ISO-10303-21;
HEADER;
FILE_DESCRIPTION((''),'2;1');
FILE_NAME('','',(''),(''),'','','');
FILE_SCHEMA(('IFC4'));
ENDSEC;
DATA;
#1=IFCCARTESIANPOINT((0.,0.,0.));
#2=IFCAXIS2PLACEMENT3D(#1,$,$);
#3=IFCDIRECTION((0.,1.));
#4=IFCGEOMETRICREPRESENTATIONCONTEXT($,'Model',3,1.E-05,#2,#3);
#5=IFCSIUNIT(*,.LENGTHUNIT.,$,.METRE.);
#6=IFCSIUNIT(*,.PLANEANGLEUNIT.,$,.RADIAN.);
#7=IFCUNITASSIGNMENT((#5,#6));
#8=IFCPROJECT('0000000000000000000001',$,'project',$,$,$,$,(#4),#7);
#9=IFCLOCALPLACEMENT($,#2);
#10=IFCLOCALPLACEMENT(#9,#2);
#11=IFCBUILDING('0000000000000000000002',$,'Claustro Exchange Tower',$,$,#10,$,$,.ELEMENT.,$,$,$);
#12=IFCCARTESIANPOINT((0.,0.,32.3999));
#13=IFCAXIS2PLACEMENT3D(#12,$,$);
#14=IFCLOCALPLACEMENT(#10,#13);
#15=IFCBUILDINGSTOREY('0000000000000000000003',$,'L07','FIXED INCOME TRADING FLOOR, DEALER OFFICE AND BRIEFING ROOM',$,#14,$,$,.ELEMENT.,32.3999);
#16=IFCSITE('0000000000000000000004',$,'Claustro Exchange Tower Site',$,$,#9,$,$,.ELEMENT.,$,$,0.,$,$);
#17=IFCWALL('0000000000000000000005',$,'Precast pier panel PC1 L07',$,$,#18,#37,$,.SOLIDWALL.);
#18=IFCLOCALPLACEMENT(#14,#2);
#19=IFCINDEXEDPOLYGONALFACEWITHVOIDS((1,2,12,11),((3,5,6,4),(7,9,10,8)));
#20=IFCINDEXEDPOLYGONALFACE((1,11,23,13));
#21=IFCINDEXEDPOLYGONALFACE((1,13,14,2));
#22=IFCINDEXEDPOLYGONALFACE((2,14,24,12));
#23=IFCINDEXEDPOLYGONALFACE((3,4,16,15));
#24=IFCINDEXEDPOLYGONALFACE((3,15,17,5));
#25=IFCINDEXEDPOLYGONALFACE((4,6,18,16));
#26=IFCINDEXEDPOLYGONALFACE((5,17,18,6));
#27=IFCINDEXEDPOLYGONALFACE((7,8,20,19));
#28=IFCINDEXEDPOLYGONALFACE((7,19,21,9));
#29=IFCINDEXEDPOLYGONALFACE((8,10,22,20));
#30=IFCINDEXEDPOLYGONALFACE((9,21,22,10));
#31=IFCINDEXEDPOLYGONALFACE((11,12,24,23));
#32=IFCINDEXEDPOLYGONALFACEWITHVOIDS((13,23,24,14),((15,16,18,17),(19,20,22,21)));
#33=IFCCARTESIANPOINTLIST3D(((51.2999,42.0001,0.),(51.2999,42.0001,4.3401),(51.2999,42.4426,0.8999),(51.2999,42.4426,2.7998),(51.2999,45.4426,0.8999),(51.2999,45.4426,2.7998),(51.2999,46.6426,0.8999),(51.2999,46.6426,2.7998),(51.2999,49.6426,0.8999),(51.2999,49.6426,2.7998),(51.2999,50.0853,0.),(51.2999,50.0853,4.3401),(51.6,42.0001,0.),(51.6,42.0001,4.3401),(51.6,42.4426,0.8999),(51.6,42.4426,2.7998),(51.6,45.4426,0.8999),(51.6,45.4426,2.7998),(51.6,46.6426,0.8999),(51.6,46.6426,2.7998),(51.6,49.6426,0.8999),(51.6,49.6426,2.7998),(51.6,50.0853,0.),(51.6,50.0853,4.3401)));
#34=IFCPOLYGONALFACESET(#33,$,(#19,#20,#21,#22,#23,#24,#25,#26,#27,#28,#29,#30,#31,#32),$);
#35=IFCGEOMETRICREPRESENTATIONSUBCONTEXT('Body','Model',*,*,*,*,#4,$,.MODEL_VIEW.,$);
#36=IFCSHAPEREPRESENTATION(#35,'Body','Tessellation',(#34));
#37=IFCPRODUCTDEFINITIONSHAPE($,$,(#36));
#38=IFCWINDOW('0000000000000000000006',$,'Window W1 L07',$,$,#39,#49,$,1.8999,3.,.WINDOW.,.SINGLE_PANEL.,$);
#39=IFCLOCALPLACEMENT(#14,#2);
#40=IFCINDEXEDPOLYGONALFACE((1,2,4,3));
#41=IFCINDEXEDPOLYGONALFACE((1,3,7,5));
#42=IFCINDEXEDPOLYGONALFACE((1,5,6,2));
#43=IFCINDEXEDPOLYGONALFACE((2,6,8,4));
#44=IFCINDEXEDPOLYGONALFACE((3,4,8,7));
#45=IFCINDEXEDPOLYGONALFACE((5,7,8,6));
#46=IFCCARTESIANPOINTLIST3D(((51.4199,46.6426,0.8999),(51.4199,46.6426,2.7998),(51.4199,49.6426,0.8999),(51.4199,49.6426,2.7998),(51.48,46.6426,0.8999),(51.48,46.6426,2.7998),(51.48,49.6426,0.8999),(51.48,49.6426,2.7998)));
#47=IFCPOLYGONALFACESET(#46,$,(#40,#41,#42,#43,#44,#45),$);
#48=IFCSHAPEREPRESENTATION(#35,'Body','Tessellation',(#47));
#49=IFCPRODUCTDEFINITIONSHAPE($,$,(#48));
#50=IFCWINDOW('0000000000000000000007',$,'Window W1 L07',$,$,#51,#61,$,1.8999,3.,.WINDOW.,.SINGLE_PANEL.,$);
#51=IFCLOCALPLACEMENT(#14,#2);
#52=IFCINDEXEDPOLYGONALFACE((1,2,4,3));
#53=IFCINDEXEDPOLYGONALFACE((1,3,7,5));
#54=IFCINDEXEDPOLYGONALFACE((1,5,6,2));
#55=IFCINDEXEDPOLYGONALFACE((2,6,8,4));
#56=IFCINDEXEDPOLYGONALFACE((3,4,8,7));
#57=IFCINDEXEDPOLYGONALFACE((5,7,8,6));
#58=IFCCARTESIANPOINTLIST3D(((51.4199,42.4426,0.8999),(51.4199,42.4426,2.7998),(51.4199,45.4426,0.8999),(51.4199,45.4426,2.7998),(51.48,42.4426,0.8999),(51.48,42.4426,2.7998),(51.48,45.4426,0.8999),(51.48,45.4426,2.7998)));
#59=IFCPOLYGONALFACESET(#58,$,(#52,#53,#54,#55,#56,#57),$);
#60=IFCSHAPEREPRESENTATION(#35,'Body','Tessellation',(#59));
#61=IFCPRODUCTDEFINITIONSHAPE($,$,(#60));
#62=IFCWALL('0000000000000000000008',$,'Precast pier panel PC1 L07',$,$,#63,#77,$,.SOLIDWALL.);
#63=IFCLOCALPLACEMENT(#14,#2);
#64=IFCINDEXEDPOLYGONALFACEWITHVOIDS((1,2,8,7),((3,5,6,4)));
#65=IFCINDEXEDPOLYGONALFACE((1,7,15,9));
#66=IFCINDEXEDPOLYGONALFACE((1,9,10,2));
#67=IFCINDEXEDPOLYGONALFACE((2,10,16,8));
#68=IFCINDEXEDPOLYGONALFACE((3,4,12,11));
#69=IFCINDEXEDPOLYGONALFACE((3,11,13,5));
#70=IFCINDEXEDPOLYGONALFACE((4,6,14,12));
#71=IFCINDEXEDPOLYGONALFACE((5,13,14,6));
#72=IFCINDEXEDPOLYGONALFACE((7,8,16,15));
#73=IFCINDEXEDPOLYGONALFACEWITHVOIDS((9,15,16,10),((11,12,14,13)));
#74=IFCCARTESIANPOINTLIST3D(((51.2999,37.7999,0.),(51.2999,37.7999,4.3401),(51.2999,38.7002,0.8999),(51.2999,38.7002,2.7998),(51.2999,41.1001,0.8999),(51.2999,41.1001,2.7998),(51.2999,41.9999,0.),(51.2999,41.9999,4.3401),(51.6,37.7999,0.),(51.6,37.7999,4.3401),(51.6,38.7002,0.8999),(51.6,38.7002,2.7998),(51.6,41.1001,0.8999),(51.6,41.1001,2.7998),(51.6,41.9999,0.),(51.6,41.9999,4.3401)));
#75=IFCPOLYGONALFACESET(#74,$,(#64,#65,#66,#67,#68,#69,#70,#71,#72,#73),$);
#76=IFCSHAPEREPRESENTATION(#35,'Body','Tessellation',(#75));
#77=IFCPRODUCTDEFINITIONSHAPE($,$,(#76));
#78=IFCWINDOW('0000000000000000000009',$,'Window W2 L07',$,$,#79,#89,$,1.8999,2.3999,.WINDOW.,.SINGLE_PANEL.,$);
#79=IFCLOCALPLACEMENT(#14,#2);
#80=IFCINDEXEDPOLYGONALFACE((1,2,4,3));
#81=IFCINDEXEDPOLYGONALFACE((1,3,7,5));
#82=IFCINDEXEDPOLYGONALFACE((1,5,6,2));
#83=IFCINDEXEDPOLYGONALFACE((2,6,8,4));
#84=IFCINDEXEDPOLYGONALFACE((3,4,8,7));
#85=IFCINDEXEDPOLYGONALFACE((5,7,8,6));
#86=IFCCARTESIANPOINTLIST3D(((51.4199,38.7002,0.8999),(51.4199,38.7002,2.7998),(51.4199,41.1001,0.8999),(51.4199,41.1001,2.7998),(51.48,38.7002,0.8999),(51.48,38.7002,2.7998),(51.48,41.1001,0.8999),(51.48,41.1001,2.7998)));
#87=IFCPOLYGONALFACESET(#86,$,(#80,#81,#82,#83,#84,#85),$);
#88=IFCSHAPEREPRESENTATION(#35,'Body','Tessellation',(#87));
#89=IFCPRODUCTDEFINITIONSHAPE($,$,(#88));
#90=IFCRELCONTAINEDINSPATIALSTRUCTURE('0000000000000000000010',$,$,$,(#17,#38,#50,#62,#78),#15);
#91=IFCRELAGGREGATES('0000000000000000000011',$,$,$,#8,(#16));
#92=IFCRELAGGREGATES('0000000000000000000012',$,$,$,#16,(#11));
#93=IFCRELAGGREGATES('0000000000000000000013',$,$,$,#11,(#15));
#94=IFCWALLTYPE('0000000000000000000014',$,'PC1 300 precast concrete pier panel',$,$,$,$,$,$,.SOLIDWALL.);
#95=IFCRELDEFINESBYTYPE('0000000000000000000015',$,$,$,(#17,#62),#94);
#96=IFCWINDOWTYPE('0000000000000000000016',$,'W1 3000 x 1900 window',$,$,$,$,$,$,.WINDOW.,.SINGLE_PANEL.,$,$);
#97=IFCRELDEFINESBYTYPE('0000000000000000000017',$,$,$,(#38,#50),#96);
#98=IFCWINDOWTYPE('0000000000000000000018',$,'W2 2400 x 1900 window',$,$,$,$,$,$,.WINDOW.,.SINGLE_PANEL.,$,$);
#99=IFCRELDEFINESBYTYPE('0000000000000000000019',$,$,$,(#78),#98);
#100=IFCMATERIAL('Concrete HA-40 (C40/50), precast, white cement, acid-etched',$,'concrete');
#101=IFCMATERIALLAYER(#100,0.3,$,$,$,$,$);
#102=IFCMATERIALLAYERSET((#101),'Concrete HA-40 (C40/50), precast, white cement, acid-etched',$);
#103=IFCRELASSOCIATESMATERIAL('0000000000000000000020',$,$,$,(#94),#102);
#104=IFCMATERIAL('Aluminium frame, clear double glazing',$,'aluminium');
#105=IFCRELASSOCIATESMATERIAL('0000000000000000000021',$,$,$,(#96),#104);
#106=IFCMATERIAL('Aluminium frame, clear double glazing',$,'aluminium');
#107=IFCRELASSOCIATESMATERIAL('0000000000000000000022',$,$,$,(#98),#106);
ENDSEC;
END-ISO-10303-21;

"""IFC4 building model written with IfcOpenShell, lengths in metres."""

from ifc_helpers import new_model, si_unit, direction, frame, frame_2d, origin, place, context, subcontext, project, spatial, rectangle, extrude, material, layer, layer_set, type_object, element, fill, save


model = new_model("IFC4")

# Units and contexts
model_context = context("Model", 3, precision=1e-05, world=origin(), true_north=direction((0.0, 1.0)))
body_context = subcontext(model_context, "Body", "Model", "MODEL_VIEW")
ifc_project = project(units=[si_unit("LENGTHUNIT", "METRE"), si_unit("PLANEANGLEUNIT", "RADIAN")], contexts=[model_context])

# Site, building, storey
site_placement = place(None, origin())
site = spatial("IfcSite", under=ifc_project, at=site_placement, Name="Claustro Exchange Tower Site", CompositionType="ELEMENT", RefElevation=0.0)
building_placement = place(site_placement, origin())
building = spatial("IfcBuilding", under=site, at=building_placement, Name="Claustro Exchange Tower", CompositionType="ELEMENT")
storey_placement = place(building_placement, frame((0.0, 0.0, 32.3999)))
storey = spatial("IfcBuildingStorey", under=building, at=storey_placement, Name="L07", Description="FIXED INCOME TRADING FLOOR, DEALER OFFICE AND BRIEFING ROOM", CompositionType="ELEMENT", Elevation=32.3999)

# Shared definitions
ifc_material_1 = material(Name="Concrete HA-40 (C40/50), precast, white cement, acid-etched", Category="concrete")
ifc_layer_1 = layer(ifc_material_1, 0.3)
ifc_layer_set_1 = layer_set([ifc_layer_1], Name="Concrete HA-40 (C40/50), precast, white cement, acid-etched")
wall_type_1 = type_object("IfcWallType", Name="PC1 300 precast concrete pier panel", PredefinedType="SOLIDWALL", material=ifc_layer_set_1)
ifc_material_2 = material(Name="Aluminium frame, clear double glazing", Category="aluminium")
window_type_1 = type_object("IfcWindowType", Name="W1 3000 x 1900 window", PartitioningType="SINGLE_PANEL", PredefinedType="WINDOW", material=ifc_material_2)

# Wall, openings, windows
wall_1_placement = place(storey_placement, frame((51.45, 50.0852, 0.0), z_axis=(0.0, 0.0, 1.0), x_axis=(0.0, -1.0, 0.0)))
wall_1 = element("IfcWall", 1, at=wall_1_placement, inside=storey, type_object=wall_type_1, Name="Precast pier panel PC1 L07", PredefinedType="SOLIDWALL", context=body_context, shape_type="SweptSolid", body=[
    extrude(rectangle(XDim=8.0852, YDim=0.3, at=frame_2d((4.0425, 0.0))), origin(), (0.0, 0.0, 1.0), 4.3401),
])
opening_1_placement = place(wall_1_placement, frame((0.4426, 0.0, 0.8999)))
opening_1 = element("IfcOpeningElement", 2, at=opening_1_placement, cuts=wall_1, PredefinedType="OPENING", context=body_context, shape_type="SweptSolid", body=[
    extrude(rectangle(XDim=3.0, YDim=1.8999, at=frame_2d((1.5, 0.95))), frame((0.0, 0.1599, 0.0), z_axis=(0.0, -1.0, 0.0), x_axis=(1.0, 0.0, 0.0)), (0.0, 0.0, 1.0), 0.3201),
])
opening_2_placement = place(wall_1_placement, frame((4.6426, 0.0, 0.8999)))
opening_2 = element("IfcOpeningElement", 3, at=opening_2_placement, cuts=wall_1, PredefinedType="OPENING", context=body_context, shape_type="SweptSolid", body=[
    extrude(rectangle(XDim=3.0, YDim=1.8999, at=frame_2d((1.5, 0.95))), frame((0.0, 0.1599, 0.0), z_axis=(0.0, -1.0, 0.0), x_axis=(1.0, 0.0, 0.0)), (0.0, 0.0, 1.0), 0.3201),
])
window_1_placement = place(opening_1_placement, origin())
window_1 = element("IfcWindow", 4, at=window_1_placement, inside=storey, type_object=window_type_1, Name="Window W1 L07", OverallHeight=1.8999, OverallWidth=3.0, PartitioningType="SINGLE_PANEL", PredefinedType="WINDOW", context=body_context, shape_type="SweptSolid", body=[
    extrude(rectangle(XDim=3.0, YDim=1.8999, at=frame_2d((1.5, 0.95))), frame((0.0, 0.03, 0.0), z_axis=(0.0, -1.0, 0.0), x_axis=(1.0, 0.0, 0.0)), (0.0, 0.0, 1.0), 0.0601),
])
fill(opening_1, window_1)
window_2_placement = place(opening_2_placement, origin())
window_2 = element("IfcWindow", 5, at=window_2_placement, inside=storey, type_object=window_type_1, Name="Window W1 L07", OverallHeight=1.8999, OverallWidth=3.0, PartitioningType="SINGLE_PANEL", PredefinedType="WINDOW", context=body_context, shape_type="SweptSolid", body=[
    extrude(rectangle(XDim=3.0, YDim=1.8999, at=frame_2d((1.5, 0.95))), frame((0.0, 0.03, 0.0), z_axis=(0.0, -1.0, 0.0), x_axis=(1.0, 0.0, 0.0)), (0.0, 0.0, 1.0), 0.0601),
])
fill(opening_2, window_2)

# Wall, opening, window
wall_2_placement = place(storey_placement, frame((51.45, 42.0, 0.0), z_axis=(0.0, 0.0, 1.0), x_axis=(0.0, -1.0, 0.0)))
wall_2 = element("IfcWall", 6, at=wall_2_placement, inside=storey, type_object=wall_type_1, Name="Precast pier panel PC1 L07", PredefinedType="SOLIDWALL", context=body_context, shape_type="SweptSolid", body=[
    extrude(rectangle(XDim=4.2, YDim=0.3, at=frame_2d((2.1001, 0.0))), origin(), (0.0, 0.0, 1.0), 4.3401),
])
opening_3_placement = place(wall_2_placement, frame((0.8999, 0.0, 0.8999)))
opening_3 = element("IfcOpeningElement", 7, at=opening_3_placement, cuts=wall_2, PredefinedType="OPENING", context=body_context, shape_type="SweptSolid", body=[
    extrude(rectangle(XDim=2.3999, YDim=1.8999, at=frame_2d((1.2, 0.95))), frame((0.0, 0.1599, 0.0), z_axis=(0.0, -1.0, 0.0), x_axis=(1.0, 0.0, 0.0)), (0.0, 0.0, 1.0), 0.3201),
])
ifc_material_3 = material(Name="Aluminium frame, clear double glazing", Category="aluminium")
window_type_2 = type_object("IfcWindowType", Name="W2 2400 x 1900 window", PartitioningType="SINGLE_PANEL", PredefinedType="WINDOW", material=ifc_material_3)
window_3_placement = place(opening_3_placement, origin())
window_3 = element("IfcWindow", 8, at=window_3_placement, inside=storey, type_object=window_type_2, Name="Window W2 L07", OverallHeight=1.8999, OverallWidth=2.3999, PartitioningType="SINGLE_PANEL", PredefinedType="WINDOW", context=body_context, shape_type="SweptSolid", body=[
    extrude(rectangle(XDim=2.3999, YDim=1.8999, at=frame_2d((1.2, 0.95))), frame((0.0, 0.03, 0.0), z_axis=(0.0, -1.0, 0.0), x_axis=(1.0, 0.0, 0.0)), (0.0, 0.0, 1.0), 0.0601),
])
fill(opening_3, window_3)

save(model, "model.ifc")
